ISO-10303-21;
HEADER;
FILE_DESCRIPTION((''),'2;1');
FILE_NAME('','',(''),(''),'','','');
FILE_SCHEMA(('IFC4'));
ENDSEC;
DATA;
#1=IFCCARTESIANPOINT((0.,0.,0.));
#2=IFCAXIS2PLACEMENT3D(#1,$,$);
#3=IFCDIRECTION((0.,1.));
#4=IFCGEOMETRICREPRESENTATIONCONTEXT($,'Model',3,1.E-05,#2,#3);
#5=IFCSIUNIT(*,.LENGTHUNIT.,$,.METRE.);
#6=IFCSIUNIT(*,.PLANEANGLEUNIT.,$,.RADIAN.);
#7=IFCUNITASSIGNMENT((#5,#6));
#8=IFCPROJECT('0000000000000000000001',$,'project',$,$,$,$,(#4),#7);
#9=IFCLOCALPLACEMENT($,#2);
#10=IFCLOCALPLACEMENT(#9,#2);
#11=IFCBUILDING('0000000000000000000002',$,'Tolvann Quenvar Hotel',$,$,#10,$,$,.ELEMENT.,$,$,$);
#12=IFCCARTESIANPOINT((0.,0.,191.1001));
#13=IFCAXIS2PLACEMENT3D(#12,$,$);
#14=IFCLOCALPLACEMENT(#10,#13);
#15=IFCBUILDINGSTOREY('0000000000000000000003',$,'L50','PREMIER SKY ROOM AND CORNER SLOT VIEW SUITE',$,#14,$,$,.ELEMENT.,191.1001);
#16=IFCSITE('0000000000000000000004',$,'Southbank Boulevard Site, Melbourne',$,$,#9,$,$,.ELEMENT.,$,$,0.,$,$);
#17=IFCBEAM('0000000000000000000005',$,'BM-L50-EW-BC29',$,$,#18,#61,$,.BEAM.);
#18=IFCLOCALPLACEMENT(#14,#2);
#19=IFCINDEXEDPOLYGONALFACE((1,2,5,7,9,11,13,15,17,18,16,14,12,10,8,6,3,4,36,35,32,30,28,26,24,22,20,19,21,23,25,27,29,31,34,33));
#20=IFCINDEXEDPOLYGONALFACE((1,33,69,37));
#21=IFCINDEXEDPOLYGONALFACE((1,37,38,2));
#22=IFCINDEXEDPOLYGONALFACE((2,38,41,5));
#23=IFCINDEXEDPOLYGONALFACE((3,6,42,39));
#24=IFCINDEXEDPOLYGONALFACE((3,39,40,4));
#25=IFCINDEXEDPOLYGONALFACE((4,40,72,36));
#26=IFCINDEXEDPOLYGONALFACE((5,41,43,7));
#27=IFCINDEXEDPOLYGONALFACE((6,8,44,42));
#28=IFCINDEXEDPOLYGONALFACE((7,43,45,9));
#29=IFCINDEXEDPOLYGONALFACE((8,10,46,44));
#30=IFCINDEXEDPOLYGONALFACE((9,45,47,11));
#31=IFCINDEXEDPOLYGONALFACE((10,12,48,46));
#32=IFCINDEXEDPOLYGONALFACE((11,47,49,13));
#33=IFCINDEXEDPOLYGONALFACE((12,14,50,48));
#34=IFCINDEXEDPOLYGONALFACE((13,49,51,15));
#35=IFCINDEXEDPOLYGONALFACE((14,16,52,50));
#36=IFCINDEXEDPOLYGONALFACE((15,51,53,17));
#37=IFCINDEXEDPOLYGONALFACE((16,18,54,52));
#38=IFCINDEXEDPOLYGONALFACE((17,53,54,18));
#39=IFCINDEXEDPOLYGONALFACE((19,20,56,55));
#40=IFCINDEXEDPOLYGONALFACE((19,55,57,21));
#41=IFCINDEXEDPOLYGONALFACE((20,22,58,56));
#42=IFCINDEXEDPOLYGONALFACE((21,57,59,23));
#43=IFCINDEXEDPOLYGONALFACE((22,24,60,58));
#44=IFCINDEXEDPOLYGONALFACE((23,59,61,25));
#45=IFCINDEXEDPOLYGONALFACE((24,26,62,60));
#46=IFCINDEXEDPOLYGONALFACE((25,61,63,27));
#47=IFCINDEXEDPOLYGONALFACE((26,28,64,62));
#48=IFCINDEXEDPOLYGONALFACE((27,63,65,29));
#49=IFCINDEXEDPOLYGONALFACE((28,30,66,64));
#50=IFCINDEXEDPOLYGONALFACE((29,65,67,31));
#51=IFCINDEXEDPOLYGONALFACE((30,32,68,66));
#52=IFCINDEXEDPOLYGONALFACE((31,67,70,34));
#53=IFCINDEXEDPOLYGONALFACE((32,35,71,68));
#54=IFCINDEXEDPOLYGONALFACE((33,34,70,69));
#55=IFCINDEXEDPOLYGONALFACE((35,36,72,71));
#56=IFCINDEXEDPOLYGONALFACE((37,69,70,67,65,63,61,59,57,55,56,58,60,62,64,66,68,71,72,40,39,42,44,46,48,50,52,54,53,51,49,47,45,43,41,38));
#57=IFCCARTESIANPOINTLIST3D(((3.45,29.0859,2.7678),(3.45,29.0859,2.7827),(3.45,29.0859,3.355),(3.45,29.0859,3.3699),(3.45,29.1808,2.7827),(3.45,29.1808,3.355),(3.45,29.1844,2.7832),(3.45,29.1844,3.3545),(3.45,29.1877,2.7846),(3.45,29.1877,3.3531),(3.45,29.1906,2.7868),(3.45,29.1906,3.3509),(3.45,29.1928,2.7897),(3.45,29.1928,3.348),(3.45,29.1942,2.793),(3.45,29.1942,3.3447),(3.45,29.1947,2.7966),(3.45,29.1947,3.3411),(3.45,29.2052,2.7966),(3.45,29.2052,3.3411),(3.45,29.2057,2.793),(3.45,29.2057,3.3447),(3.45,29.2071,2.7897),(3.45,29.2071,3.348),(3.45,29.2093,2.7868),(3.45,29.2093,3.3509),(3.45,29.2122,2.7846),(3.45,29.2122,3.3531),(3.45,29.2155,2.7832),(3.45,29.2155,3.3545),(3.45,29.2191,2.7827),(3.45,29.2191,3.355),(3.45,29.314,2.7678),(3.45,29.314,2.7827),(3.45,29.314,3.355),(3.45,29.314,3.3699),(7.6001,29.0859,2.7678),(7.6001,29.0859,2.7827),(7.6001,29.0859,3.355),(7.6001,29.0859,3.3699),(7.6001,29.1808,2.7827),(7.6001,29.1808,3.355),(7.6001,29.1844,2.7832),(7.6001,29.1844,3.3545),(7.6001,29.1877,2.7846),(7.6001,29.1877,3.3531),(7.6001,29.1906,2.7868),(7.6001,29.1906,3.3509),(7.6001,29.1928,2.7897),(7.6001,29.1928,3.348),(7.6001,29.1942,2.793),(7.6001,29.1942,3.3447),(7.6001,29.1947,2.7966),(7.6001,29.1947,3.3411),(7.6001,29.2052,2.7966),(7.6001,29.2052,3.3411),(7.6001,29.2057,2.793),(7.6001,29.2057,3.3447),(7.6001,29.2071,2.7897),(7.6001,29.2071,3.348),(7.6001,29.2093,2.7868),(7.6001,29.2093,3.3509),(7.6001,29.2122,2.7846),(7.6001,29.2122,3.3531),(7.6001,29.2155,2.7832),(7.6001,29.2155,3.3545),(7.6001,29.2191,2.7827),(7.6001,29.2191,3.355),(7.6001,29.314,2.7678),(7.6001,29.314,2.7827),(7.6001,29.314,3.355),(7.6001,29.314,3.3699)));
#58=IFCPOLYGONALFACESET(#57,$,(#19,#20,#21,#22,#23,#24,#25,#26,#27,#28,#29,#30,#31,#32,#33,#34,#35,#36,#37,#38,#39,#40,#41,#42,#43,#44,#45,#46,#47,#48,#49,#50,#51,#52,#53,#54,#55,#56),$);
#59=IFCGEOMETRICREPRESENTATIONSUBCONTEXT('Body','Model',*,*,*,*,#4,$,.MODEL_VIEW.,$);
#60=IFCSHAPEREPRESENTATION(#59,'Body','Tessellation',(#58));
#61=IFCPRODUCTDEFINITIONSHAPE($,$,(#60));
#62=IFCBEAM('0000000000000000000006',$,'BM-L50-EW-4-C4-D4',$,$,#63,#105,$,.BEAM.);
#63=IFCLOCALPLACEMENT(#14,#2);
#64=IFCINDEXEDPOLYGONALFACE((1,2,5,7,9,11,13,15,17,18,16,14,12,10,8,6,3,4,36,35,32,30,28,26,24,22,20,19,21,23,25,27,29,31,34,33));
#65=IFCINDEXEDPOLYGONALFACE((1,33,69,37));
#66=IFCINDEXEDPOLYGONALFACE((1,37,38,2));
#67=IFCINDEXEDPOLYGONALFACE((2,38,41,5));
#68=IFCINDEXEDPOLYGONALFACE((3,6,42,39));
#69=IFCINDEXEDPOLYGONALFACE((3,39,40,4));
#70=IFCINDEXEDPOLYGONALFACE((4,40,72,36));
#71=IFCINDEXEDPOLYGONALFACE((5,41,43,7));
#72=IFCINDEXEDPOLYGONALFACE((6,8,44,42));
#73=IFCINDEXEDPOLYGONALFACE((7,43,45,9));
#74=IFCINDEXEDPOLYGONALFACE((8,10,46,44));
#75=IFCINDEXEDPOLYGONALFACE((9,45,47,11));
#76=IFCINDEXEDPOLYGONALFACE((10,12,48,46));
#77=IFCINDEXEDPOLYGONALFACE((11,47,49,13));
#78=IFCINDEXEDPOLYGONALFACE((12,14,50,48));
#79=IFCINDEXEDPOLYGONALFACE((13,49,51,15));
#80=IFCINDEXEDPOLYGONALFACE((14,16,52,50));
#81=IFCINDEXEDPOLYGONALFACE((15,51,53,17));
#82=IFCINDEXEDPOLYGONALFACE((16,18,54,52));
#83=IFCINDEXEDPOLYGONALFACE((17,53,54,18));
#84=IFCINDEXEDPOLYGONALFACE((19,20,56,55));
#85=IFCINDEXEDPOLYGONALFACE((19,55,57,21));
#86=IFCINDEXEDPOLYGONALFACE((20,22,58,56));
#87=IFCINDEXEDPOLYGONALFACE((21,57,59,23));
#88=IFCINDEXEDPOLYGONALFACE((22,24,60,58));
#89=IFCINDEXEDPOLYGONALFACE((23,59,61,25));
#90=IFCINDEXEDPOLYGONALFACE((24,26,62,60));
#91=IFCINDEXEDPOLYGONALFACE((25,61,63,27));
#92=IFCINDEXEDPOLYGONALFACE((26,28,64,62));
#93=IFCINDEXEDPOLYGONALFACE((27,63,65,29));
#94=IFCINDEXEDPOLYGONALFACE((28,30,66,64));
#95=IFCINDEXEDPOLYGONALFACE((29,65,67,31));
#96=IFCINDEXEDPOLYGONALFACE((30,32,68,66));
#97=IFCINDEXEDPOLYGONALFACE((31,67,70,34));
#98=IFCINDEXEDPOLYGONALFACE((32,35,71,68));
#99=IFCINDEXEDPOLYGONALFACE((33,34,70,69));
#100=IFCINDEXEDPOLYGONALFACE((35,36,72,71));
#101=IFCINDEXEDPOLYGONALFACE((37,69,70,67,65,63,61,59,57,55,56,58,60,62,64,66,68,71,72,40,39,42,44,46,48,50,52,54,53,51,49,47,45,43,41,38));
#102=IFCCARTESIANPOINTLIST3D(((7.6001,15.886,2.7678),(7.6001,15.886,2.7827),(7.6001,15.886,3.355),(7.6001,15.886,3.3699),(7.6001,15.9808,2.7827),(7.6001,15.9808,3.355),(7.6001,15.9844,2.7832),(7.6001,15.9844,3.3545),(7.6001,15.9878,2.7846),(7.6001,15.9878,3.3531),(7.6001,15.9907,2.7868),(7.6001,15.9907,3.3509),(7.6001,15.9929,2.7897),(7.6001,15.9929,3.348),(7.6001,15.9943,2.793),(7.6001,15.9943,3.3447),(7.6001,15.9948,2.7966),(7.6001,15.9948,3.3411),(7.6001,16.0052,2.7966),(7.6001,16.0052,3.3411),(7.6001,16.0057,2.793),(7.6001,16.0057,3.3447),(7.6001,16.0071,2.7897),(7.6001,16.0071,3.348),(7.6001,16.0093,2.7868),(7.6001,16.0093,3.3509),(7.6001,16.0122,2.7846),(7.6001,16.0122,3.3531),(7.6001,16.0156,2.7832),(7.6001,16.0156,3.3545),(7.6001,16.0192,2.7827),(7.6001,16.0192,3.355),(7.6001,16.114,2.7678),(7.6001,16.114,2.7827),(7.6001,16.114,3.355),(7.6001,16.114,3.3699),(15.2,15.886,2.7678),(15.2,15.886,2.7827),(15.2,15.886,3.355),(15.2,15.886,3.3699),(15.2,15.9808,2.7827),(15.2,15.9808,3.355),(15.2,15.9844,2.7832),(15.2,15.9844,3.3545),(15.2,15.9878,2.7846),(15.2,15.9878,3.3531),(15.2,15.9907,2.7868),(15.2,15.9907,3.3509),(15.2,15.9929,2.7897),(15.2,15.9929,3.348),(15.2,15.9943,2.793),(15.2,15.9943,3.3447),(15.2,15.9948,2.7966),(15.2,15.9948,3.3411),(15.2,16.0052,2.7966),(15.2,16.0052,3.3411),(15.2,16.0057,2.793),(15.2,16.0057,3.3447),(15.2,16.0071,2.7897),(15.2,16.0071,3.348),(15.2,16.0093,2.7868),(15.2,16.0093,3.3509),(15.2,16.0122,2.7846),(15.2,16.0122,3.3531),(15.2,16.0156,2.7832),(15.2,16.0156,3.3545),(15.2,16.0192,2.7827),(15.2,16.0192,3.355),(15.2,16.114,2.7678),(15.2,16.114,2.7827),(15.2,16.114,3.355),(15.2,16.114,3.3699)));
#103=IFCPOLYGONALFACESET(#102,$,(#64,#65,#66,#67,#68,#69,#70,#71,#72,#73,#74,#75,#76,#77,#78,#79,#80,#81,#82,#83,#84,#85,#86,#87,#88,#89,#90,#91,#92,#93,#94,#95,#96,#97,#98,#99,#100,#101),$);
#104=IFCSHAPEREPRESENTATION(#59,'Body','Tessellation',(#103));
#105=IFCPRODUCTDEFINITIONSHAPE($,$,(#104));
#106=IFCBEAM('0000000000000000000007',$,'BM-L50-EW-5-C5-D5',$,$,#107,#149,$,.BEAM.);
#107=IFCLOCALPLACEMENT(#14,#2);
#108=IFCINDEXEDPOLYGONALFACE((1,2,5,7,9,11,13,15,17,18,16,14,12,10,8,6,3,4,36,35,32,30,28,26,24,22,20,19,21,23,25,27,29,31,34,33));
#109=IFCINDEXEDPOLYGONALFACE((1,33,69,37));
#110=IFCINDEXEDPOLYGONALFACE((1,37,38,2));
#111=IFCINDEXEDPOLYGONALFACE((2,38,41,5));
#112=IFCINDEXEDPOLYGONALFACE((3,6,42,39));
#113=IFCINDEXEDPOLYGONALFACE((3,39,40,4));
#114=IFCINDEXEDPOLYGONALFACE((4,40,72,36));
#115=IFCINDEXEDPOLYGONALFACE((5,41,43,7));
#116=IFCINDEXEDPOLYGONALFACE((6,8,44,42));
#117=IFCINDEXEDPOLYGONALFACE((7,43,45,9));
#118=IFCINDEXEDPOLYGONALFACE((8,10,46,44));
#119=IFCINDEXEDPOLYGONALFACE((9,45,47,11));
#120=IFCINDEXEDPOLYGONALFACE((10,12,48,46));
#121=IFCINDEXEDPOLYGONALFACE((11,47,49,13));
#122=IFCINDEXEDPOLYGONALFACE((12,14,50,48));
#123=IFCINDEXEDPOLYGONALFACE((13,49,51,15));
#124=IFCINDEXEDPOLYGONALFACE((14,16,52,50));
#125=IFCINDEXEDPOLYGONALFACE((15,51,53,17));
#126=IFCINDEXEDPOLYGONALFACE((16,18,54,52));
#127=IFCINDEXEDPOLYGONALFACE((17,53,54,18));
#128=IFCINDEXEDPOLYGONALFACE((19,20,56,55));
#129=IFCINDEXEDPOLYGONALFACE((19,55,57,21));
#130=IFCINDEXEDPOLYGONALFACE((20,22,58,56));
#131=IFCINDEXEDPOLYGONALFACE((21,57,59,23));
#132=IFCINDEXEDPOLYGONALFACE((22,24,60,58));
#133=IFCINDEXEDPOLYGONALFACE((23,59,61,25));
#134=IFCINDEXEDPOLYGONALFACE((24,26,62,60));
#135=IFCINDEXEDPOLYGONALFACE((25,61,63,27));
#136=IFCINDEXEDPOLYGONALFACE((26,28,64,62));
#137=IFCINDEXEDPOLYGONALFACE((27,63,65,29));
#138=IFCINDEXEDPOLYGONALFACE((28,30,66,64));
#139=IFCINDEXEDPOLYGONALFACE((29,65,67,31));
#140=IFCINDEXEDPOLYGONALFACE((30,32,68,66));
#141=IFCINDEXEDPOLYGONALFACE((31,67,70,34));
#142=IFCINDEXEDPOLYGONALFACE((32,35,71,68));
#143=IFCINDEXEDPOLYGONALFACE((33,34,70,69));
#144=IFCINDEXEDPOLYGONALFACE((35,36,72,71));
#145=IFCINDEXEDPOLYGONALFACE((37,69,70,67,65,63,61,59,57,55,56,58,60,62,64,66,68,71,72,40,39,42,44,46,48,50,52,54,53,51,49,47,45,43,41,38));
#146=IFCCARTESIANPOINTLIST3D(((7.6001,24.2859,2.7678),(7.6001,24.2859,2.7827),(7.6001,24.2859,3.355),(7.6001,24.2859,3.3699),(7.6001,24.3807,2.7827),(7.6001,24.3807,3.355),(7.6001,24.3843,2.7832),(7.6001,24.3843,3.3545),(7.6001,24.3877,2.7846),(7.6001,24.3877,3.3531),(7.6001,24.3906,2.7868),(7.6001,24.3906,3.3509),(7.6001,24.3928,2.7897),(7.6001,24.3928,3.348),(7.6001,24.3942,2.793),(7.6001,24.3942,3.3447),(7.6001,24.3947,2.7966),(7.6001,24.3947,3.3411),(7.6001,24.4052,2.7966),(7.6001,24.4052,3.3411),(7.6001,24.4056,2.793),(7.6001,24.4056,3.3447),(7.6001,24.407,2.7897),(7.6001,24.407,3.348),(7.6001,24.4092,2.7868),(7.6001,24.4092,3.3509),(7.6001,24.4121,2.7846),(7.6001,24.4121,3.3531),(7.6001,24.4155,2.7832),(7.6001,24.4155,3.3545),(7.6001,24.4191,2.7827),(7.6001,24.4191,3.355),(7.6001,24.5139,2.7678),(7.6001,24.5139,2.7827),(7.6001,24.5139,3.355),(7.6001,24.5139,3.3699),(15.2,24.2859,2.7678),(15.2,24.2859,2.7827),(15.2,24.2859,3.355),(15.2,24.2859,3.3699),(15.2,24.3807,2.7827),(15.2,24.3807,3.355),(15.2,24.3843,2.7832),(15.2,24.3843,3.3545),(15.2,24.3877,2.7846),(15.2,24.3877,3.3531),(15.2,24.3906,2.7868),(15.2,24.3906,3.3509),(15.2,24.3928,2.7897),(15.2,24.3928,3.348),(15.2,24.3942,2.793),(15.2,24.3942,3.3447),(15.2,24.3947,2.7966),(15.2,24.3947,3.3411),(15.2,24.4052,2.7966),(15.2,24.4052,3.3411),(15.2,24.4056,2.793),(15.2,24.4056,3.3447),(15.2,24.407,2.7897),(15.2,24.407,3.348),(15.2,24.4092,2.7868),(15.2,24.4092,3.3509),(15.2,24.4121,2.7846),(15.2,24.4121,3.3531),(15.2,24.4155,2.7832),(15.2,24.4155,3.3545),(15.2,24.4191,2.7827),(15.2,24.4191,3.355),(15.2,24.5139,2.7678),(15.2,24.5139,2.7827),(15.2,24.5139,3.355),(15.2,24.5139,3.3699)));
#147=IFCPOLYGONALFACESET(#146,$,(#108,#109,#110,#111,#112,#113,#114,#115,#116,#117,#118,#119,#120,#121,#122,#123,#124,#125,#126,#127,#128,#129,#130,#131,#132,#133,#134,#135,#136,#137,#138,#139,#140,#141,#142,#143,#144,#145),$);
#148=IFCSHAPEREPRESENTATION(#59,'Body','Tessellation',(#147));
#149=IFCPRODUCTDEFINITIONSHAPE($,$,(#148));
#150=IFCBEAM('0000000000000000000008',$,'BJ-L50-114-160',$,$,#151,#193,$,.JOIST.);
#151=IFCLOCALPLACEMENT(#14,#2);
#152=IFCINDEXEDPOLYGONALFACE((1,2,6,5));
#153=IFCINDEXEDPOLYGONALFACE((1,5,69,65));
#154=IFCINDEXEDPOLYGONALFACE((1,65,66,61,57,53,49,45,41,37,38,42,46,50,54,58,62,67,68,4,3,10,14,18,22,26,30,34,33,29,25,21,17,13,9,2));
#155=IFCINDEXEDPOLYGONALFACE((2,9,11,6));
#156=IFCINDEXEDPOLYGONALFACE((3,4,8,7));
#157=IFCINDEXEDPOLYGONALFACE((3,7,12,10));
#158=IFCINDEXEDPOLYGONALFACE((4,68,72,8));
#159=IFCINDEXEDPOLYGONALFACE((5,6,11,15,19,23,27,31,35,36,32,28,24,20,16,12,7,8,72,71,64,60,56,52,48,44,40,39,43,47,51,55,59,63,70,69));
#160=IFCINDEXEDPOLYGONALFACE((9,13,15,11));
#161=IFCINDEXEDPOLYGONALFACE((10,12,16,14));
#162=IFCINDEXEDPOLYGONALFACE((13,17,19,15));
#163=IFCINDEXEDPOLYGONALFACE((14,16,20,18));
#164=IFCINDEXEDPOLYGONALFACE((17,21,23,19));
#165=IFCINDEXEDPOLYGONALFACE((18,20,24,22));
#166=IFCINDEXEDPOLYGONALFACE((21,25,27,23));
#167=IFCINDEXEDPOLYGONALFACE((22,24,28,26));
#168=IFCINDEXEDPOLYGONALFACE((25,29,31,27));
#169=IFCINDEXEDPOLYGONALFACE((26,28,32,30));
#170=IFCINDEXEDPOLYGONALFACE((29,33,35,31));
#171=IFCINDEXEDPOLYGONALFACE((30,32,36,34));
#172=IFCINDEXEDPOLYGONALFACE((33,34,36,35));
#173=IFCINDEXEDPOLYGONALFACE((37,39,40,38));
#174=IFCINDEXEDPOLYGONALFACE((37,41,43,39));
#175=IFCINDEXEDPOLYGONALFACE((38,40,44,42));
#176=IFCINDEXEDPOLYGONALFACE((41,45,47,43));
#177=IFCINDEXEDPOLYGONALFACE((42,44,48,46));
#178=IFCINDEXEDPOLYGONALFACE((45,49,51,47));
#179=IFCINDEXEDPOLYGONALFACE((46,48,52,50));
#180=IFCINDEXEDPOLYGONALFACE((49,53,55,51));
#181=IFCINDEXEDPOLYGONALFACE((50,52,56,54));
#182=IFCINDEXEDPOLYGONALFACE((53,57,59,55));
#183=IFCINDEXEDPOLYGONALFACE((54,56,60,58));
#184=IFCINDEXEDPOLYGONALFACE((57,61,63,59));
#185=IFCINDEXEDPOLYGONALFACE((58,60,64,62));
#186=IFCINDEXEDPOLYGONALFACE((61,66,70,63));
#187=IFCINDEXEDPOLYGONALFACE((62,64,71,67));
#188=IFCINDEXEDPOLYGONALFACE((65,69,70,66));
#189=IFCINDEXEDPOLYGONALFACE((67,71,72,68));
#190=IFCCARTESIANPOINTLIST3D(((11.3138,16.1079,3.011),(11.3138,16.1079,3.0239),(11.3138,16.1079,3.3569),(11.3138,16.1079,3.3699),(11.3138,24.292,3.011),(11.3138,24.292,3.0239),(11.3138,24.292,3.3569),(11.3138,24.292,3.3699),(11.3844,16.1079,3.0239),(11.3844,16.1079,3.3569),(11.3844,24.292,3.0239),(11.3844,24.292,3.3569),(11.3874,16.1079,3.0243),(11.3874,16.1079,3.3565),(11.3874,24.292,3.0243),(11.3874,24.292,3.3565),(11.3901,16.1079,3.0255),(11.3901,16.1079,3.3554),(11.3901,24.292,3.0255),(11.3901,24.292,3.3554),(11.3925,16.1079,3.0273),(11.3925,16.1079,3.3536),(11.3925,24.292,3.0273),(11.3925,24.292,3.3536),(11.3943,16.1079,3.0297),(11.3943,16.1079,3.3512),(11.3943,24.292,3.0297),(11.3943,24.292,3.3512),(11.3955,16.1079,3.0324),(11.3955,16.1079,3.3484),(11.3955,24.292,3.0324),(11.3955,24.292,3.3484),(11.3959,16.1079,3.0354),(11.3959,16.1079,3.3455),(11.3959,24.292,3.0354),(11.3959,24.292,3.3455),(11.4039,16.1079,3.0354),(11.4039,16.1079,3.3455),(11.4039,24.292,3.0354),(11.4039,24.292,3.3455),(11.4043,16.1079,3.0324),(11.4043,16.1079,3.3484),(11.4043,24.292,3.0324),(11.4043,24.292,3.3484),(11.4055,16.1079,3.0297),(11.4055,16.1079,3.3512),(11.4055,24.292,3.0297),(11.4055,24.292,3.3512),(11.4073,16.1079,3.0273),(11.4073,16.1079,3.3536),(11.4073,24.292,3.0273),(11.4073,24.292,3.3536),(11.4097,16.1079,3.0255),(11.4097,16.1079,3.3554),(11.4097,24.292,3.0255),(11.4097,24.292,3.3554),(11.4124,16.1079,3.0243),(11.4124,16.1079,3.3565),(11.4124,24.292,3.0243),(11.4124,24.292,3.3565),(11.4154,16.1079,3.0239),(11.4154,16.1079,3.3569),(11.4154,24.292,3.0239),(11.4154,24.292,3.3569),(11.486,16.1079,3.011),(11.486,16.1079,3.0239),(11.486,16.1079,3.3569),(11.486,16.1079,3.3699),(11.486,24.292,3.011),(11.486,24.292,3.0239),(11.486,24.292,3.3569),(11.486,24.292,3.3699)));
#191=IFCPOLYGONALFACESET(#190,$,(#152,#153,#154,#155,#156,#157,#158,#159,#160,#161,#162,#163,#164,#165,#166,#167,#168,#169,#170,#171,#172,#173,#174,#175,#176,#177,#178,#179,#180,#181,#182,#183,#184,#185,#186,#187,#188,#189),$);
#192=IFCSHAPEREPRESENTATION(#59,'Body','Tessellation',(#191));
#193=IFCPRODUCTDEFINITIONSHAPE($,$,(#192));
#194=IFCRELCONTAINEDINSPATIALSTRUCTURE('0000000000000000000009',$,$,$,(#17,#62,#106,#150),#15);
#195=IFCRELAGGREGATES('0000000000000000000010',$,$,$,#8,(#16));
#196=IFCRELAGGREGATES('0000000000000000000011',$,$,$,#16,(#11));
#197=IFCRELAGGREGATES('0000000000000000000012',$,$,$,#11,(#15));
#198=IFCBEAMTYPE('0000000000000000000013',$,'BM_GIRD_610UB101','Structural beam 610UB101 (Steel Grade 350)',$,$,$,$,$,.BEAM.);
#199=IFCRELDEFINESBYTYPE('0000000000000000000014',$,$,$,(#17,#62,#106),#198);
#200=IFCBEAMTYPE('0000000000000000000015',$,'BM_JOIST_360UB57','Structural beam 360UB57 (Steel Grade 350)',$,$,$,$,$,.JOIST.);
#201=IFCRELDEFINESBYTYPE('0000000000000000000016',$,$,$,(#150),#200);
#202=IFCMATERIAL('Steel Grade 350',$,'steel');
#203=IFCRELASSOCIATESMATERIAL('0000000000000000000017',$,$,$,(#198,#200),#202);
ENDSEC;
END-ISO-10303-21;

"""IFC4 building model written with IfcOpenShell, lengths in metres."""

from ifc_helpers import new_model, si_unit, direction, frame, origin, origin_2d, place, context, subcontext, project, spatial, i_section, extrude, source, transform, mapped, material, material_profile, profile_set, type_object, type_shapes, element, save


model = new_model("IFC4")

# Units and contexts
model_context = context("Model", 3, precision=1e-05, world=origin(), true_north=direction((0.0, 1.0)))
body_context = subcontext(model_context, "Body", "Model", "MODEL_VIEW")
ifc_project = project(units=[si_unit("LENGTHUNIT", "METRE"), si_unit("PLANEANGLEUNIT", "RADIAN")], contexts=[model_context])

# Site, building, storey
site_placement = place(None, origin())
site = spatial("IfcSite", under=ifc_project, at=site_placement, Name="Southbank Boulevard Site, Melbourne", CompositionType="ELEMENT", RefElevation=0.0)
building_placement = place(site_placement, origin())
building = spatial("IfcBuilding", under=site, at=building_placement, Name="Tolvann Quenvar Hotel", CompositionType="ELEMENT")
storey_placement = place(building_placement, frame((0.0, 0.0, 191.1001)))
storey = spatial("IfcBuildingStorey", under=building, at=storey_placement, Name="L50", Description="PREMIER SKY ROOM AND CORNER SLOT VIEW SUITE", CompositionType="ELEMENT", Elevation=191.1001)

# Shared definitions
ifc_material_1 = material(Name="Steel Grade 350", Category="steel")

# Beams
ifc_material_profile_1 = material_profile(ifc_material_1, i_section(OverallWidth=0.228, OverallDepth=0.6021, WebThickness=0.0105, FlangeThickness=0.0149, FilletRadius=0.0139, at=origin_2d()), Name="610UB101")
ifc_profile_set_1 = profile_set([ifc_material_profile_1], Name="Steel Grade 350")
beam_type_1 = type_object("IfcBeamType", Name="BM_GIRD_610UB101", Description="Structural beam 610UB101 (Steel Grade 350)", PredefinedType="BEAM", material=ifc_profile_set_1)
shared_shape_1 = source(origin(), body_context, "Body", "SweptSolid", [
    extrude(i_section(OverallWidth=0.228, OverallDepth=0.6021, WebThickness=0.0105, FlangeThickness=0.0149, FilletRadius=0.0139, at=origin_2d()), origin(), (0.0, 0.0, 1.0), 4.1501),
])
for number, where, z_axis, x_axis, name in (
    (1, (3.45, 29.2, 3.0688), (1.0, 0.0, 0.0), (0.0, 1.0, 0.0), "BM-L50-EW-BC29"),
):
    element("IfcBeam", number, at=place(storey_placement, frame(where, z_axis=z_axis, x_axis=x_axis)), inside=storey, type_object=beam_type_1, Name=name, PredefinedType="BEAM", context=body_context, shape_type="MappedRepresentation", body=[
        mapped(shared_shape_1, transform((0.0, 0.0, 0.0), x_axis=(1.0, 0.0, 0.0), y_axis=(0.0, 1.0, 0.0), z_axis=(0.0, 0.0, 1.0), scale=1.0)),
    ])
shared_shape_2 = source(origin(), body_context, "Body", "SweptSolid", [
    extrude(i_section(OverallWidth=0.228, OverallDepth=0.6021, WebThickness=0.0105, FlangeThickness=0.0149, FilletRadius=0.0139, at=origin_2d()), origin(), (0.0, 0.0, 1.0), 7.5999),
])
type_shapes(beam_type_1, [shared_shape_1, shared_shape_2])
for number, where, z_axis, x_axis, name in (
    (2, (7.6001, 16.0, 3.0688), (1.0, 0.0, 0.0), (0.0, 1.0, 0.0), "BM-L50-EW-4-C4-D4"),
    (3, (7.6001, 24.3999, 3.0688), (1.0, 0.0, 0.0), (0.0, 1.0, 0.0), "BM-L50-EW-5-C5-D5"),
):
    element("IfcBeam", number, at=place(storey_placement, frame(where, z_axis=z_axis, x_axis=x_axis)), inside=storey, type_object=beam_type_1, Name=name, PredefinedType="BEAM", context=body_context, shape_type="MappedRepresentation", body=[
        mapped(shared_shape_2, transform((0.0, 0.0, 0.0), x_axis=(1.0, 0.0, 0.0), y_axis=(0.0, 1.0, 0.0), z_axis=(0.0, 0.0, 1.0), scale=1.0)),
    ])
ifc_material_profile_2 = material_profile(ifc_material_1, i_section(OverallWidth=0.1721, OverallDepth=0.3589, WebThickness=0.0081, FlangeThickness=0.0129, FilletRadius=0.0115, at=origin_2d()), Name="360UB57")
ifc_profile_set_2 = profile_set([ifc_material_profile_2], Name="Steel Grade 350")
beam_type_2 = type_object("IfcBeamType", Name="BM_JOIST_360UB57", Description="Structural beam 360UB57 (Steel Grade 350)", PredefinedType="JOIST", material=ifc_profile_set_2)
shared_shape_3 = source(origin(), body_context, "Body", "SweptSolid", [
    extrude(i_section(OverallWidth=0.1721, OverallDepth=0.3589, WebThickness=0.0081, FlangeThickness=0.0129, FilletRadius=0.0115, at=origin_2d()), origin(), (0.0, 0.0, 1.0), 8.1841),
])
beam_1_placement = place(storey_placement, frame((11.3999, 16.1079, 3.1904), z_axis=(0.0, 1.0, 0.0), x_axis=(-1.0, 0.0, 0.0)))
element("IfcBeam", 4, at=beam_1_placement, inside=storey, type_object=beam_type_2, Name="BJ-L50-114-160", PredefinedType="JOIST", context=body_context, shape_type="MappedRepresentation", body=[
    mapped(shared_shape_3, transform((0.0, 0.0, 0.0), x_axis=(1.0, 0.0, 0.0), y_axis=(0.0, 1.0, 0.0), z_axis=(0.0, 0.0, 1.0), scale=1.0)),
])

save(model, "model.ifc")
